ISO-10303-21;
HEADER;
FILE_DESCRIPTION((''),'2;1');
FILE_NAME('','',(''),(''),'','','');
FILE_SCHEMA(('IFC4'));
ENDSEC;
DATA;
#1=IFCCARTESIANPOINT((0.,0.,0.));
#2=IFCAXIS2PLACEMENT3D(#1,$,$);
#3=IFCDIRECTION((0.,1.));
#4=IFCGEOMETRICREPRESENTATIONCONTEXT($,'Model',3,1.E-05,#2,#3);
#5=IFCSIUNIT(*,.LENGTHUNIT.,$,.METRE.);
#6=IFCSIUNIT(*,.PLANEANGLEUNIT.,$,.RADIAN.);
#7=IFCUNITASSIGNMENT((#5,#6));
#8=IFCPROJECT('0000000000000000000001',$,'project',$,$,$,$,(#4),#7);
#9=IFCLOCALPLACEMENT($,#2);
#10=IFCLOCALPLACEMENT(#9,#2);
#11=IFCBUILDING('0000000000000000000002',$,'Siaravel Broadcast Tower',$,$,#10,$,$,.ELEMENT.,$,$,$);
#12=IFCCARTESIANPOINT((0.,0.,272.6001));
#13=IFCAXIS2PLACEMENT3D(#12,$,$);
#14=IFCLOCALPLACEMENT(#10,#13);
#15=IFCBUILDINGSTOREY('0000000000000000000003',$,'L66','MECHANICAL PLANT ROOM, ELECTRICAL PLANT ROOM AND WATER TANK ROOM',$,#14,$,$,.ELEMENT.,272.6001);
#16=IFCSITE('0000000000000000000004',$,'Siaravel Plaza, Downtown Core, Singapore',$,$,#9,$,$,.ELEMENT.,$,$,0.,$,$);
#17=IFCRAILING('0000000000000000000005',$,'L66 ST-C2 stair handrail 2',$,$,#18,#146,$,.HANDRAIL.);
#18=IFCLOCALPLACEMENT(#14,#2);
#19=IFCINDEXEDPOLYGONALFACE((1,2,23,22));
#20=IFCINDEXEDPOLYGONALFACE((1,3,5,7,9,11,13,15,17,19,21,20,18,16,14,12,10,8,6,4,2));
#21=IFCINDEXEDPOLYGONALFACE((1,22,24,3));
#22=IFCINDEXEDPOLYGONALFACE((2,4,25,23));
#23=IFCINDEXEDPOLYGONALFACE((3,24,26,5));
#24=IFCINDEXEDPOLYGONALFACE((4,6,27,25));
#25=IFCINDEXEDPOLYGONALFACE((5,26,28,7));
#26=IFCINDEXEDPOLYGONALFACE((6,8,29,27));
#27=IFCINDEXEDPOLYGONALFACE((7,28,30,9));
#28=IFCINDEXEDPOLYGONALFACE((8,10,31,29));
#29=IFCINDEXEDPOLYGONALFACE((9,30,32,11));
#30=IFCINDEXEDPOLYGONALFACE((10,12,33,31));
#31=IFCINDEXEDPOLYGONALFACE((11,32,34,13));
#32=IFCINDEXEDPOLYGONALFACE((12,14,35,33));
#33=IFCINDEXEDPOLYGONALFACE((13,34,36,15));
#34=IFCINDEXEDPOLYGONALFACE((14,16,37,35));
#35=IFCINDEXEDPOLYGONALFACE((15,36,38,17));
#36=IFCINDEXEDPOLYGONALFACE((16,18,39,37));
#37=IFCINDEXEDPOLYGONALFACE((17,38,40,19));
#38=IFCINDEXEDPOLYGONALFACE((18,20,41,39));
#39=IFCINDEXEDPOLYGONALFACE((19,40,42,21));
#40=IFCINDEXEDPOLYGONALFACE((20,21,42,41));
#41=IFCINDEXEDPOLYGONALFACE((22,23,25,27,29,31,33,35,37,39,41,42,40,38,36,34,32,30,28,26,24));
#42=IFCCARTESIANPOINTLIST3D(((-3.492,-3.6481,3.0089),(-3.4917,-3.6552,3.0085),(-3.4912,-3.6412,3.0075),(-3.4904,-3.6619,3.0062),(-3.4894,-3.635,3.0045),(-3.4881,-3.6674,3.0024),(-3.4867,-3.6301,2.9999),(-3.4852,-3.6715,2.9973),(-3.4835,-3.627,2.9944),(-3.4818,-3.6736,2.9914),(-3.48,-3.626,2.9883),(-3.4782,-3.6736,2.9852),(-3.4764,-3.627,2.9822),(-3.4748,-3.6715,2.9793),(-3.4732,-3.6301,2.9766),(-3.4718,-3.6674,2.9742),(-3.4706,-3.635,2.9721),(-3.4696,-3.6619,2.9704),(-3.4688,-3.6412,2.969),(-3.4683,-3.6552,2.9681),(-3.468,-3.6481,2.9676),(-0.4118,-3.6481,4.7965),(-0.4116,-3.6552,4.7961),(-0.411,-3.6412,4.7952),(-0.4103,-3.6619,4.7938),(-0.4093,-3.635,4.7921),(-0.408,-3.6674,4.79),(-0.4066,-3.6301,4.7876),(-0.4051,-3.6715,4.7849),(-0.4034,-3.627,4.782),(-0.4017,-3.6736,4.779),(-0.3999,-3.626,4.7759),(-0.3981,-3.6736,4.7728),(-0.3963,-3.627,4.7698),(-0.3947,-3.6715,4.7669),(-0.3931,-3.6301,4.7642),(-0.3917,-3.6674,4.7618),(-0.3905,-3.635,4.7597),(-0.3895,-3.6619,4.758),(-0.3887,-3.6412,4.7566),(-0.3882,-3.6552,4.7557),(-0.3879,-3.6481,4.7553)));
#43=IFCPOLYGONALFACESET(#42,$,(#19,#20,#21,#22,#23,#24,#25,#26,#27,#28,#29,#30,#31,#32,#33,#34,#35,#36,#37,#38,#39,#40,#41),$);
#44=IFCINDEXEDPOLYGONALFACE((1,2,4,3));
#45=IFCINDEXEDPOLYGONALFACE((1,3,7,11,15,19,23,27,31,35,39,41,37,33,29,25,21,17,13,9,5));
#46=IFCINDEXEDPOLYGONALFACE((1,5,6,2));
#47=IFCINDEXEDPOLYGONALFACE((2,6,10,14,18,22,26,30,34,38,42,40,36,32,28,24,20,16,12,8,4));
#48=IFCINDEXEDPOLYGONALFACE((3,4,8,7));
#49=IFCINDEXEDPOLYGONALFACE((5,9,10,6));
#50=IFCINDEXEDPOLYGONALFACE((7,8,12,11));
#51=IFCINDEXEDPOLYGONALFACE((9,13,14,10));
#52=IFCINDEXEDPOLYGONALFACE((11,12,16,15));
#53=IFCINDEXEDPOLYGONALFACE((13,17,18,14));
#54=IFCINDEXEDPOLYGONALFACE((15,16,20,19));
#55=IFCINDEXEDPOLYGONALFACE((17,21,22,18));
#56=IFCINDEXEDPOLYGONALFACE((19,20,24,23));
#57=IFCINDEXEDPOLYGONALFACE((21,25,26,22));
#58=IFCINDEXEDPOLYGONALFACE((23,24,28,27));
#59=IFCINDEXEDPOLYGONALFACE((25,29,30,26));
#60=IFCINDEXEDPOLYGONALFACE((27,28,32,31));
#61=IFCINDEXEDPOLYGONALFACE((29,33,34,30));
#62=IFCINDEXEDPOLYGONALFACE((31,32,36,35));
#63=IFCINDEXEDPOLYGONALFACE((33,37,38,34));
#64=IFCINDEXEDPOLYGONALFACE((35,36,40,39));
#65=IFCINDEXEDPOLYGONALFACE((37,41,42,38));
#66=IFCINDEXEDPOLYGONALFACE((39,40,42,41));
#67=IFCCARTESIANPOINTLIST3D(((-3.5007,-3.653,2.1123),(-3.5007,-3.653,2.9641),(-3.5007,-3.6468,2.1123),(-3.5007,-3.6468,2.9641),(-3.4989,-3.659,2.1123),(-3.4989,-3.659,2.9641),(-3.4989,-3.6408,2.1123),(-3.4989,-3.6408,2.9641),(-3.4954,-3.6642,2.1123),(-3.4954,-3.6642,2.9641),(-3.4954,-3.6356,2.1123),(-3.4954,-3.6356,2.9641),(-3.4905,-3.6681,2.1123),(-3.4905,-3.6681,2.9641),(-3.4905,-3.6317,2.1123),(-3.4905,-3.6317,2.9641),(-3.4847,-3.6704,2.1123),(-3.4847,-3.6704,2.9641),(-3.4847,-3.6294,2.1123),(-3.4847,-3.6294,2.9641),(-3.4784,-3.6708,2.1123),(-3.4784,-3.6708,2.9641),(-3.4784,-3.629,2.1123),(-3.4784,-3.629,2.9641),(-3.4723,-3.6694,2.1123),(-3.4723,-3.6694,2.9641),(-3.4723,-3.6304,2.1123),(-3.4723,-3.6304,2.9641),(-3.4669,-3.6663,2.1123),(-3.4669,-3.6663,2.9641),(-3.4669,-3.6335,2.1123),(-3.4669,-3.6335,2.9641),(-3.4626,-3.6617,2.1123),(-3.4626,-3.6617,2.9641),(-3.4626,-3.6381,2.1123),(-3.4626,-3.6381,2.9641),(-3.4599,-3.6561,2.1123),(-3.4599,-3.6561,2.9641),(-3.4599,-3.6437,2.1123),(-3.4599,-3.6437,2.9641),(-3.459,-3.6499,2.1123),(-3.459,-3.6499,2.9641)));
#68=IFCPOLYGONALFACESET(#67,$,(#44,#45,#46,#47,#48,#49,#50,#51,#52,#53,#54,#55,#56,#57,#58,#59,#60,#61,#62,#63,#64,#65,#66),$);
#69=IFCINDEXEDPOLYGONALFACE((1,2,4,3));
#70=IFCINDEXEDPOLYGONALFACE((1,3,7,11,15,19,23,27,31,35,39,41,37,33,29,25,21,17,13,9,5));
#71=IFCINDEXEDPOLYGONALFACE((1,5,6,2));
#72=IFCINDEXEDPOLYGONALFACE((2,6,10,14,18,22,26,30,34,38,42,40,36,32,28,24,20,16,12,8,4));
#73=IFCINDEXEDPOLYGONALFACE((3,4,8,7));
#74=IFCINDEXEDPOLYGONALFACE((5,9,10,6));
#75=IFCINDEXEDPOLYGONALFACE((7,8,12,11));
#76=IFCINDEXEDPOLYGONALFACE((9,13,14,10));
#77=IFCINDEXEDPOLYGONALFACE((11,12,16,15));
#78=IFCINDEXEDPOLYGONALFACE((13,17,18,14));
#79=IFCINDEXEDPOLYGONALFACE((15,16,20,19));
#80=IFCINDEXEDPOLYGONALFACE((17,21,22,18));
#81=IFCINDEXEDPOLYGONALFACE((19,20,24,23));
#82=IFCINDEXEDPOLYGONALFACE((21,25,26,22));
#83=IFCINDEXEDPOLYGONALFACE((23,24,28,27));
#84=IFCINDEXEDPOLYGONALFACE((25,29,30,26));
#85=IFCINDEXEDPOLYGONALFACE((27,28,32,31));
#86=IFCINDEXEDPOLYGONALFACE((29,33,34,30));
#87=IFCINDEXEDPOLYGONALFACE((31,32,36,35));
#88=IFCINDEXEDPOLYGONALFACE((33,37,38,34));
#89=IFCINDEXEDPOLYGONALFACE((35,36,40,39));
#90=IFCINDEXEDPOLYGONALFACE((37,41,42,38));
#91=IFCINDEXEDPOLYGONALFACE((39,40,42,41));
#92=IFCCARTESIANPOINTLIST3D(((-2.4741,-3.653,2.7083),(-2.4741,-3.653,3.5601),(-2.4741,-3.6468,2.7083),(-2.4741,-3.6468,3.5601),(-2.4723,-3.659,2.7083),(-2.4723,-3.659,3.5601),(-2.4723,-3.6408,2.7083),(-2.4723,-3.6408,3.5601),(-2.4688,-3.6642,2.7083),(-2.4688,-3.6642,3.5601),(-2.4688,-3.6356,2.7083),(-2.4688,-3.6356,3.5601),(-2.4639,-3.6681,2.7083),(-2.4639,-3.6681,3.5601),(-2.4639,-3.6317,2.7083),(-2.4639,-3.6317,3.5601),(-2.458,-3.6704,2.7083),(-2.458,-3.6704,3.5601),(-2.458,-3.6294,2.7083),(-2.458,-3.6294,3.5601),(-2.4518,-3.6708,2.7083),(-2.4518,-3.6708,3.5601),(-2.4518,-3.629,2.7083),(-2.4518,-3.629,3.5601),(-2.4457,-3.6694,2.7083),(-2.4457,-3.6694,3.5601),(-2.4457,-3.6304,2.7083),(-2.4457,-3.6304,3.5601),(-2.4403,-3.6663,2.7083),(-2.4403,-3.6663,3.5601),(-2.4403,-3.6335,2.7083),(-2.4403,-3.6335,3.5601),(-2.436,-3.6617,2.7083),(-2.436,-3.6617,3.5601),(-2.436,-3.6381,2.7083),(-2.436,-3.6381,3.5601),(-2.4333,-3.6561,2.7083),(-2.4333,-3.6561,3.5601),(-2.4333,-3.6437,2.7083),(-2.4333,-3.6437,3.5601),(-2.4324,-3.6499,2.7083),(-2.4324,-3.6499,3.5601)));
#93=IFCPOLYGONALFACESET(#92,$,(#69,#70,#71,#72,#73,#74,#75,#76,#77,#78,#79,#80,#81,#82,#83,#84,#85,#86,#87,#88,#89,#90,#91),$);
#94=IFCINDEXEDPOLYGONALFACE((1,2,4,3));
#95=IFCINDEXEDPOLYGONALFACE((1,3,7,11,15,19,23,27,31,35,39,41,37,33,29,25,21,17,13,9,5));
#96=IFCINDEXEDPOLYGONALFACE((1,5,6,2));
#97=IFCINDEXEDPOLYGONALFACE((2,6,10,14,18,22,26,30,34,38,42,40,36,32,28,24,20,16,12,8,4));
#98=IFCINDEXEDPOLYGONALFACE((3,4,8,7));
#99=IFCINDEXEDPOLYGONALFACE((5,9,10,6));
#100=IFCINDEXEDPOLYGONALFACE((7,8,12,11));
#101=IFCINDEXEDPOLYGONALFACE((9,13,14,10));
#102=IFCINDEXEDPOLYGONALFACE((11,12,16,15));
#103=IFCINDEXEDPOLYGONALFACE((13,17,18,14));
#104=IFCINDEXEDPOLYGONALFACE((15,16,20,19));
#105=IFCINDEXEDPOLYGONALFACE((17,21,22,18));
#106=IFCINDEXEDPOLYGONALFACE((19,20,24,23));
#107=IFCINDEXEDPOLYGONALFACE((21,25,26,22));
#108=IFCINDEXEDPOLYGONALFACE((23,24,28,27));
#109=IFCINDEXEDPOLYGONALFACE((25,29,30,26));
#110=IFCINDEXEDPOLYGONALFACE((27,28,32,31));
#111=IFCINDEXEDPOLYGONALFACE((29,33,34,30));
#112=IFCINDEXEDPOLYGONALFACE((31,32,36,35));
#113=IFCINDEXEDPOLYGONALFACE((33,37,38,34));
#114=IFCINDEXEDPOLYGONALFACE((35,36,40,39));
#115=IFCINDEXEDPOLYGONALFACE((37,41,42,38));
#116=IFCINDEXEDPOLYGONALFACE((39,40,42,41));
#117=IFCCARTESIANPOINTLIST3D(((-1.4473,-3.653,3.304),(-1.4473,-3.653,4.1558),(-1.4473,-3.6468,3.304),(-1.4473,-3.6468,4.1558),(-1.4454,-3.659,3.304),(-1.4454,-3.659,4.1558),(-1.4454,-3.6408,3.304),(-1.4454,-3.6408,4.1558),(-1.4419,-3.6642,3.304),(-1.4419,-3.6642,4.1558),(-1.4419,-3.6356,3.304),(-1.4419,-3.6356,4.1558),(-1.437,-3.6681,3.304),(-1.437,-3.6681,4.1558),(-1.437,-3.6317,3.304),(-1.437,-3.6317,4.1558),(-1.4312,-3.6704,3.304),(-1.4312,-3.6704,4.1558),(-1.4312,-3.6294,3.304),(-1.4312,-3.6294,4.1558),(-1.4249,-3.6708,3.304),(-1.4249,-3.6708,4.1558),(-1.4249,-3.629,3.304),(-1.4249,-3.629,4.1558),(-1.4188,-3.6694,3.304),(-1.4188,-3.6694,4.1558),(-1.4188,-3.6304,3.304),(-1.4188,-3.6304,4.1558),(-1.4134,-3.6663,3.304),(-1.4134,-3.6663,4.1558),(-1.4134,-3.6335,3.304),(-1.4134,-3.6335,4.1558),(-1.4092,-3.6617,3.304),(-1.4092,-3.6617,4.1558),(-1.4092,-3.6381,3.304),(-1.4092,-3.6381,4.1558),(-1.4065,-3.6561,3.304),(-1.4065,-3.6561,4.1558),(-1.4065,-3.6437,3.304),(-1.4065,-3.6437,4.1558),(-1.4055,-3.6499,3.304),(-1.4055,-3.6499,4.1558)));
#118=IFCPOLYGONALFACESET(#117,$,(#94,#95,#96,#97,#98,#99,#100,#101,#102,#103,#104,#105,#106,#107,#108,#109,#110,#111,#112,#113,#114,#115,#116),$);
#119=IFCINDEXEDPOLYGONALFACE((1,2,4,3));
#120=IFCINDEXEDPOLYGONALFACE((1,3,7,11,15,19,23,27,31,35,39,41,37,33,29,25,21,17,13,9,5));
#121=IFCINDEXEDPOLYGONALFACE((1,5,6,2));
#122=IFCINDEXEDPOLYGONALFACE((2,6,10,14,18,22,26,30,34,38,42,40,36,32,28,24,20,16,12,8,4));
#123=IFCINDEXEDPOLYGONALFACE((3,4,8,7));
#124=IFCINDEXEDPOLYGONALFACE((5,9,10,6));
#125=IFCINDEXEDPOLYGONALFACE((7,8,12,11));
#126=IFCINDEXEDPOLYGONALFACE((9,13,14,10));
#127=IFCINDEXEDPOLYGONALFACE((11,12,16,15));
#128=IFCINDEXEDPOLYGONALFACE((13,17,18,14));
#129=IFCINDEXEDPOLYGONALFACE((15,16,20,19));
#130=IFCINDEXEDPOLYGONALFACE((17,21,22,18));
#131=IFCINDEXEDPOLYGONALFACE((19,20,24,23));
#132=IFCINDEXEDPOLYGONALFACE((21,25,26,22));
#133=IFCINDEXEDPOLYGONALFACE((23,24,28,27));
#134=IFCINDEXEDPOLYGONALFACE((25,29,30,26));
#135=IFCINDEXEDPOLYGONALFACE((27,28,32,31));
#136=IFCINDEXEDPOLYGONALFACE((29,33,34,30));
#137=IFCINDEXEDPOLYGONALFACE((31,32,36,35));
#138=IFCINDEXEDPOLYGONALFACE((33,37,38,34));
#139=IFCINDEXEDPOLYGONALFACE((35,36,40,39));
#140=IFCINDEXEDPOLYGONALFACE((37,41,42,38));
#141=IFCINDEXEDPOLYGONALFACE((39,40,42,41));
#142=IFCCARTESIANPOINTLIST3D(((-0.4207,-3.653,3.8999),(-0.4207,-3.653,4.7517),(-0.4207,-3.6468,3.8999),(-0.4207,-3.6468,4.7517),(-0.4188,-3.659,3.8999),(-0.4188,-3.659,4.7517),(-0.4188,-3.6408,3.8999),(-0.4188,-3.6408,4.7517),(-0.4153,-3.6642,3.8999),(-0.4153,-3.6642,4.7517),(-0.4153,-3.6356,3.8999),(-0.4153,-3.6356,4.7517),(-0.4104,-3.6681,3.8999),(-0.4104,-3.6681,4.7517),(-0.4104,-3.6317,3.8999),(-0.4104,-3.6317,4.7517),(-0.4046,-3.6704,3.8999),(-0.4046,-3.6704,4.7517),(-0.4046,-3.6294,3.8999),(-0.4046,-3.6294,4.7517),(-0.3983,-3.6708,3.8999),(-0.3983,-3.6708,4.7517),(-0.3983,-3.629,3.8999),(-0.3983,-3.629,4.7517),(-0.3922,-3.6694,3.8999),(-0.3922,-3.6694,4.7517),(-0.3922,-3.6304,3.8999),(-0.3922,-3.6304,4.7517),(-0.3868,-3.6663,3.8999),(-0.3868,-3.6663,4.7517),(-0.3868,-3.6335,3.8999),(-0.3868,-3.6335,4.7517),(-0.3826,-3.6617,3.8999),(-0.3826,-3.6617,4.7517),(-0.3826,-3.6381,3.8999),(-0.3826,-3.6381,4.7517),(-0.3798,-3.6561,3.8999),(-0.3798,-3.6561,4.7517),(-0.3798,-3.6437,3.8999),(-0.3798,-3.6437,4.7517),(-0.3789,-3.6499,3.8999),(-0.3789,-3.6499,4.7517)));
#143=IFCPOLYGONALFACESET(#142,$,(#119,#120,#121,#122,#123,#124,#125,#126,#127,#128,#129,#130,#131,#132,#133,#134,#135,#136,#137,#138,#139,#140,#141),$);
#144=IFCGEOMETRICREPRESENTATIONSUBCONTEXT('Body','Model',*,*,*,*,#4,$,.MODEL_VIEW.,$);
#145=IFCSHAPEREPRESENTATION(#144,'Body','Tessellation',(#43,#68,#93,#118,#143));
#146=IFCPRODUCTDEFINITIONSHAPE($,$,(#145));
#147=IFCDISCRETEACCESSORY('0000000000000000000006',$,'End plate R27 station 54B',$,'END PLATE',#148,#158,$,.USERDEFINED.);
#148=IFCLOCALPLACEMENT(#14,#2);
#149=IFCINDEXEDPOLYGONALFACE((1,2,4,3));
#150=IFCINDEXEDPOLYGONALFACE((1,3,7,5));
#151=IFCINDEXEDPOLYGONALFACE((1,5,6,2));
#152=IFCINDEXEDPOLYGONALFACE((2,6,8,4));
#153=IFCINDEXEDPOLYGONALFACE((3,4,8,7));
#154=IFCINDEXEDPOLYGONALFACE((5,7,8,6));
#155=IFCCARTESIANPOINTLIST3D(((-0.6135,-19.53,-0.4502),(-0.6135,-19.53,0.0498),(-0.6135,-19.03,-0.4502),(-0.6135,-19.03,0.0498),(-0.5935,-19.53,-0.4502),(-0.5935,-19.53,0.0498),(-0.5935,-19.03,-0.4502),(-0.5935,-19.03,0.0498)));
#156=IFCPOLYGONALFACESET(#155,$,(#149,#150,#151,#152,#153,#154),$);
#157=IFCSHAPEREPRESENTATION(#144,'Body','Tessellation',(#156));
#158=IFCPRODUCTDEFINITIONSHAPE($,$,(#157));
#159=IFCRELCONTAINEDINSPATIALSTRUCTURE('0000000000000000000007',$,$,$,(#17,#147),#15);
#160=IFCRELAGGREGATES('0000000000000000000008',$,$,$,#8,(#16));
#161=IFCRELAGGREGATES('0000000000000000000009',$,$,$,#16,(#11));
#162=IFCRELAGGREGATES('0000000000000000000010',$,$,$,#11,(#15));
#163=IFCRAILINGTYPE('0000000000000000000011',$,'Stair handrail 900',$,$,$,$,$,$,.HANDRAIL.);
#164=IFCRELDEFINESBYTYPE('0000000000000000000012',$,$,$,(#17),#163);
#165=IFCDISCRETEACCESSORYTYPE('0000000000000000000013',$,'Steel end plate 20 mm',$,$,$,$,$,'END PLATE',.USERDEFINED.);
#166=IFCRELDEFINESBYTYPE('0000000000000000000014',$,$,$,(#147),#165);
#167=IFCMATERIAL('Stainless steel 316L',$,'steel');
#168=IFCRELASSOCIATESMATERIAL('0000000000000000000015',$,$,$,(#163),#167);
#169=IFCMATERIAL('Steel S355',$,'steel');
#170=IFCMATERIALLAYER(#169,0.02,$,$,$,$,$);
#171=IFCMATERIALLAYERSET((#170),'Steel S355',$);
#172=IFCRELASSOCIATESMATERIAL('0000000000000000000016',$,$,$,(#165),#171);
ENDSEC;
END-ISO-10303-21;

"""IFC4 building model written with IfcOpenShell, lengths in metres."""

from ifc_helpers import new_model, si_unit, direction, frame, origin, origin_2d, place, context, subcontext, project, spatial, rectangle, circle, extrude, material, layer, layer_set, type_object, element, save


model = new_model("IFC4")

# Units and contexts
model_context = context("Model", 3, precision=1e-05, world=origin(), true_north=direction((0.0, 1.0)))
body_context = subcontext(model_context, "Body", "Model", "MODEL_VIEW")
ifc_project = project(units=[si_unit("LENGTHUNIT", "METRE"), si_unit("PLANEANGLEUNIT", "RADIAN")], contexts=[model_context])

# Site, building, storey
site_placement = place(None, origin())
site = spatial("IfcSite", under=ifc_project, at=site_placement, Name="Siaravel Plaza, Downtown Core, Singapore", CompositionType="ELEMENT", RefElevation=0.0)
building_placement = place(site_placement, origin())
building = spatial("IfcBuilding", under=site, at=building_placement, Name="Siaravel Broadcast Tower", CompositionType="ELEMENT")
storey_placement = place(building_placement, frame((0.0, 0.0, 272.6001)))
storey = spatial("IfcBuildingStorey", under=building, at=storey_placement, Name="L66", Description="MECHANICAL PLANT ROOM, ELECTRICAL PLANT ROOM AND WATER TANK ROOM", CompositionType="ELEMENT", Elevation=272.6001)

# Shared definitions
ifc_material_1 = material(Name="Stainless steel 316L", Category="steel")

# Railing
railing_type_1 = type_object("IfcRailingType", Name="Stair handrail 900", PredefinedType="HANDRAIL", material=ifc_material_1)
railing_1_placement = place(storey_placement, frame((-3.48, -3.6499, 2.1123)))
element("IfcRailing", 1, at=railing_1_placement, inside=storey, type_object=railing_type_1, Name="L66 ST-C2 stair handrail 2", PredefinedType="HANDRAIL", context=body_context, shape_type="SweptSolid", body=[
    extrude(circle(Radius=0.0239, at=origin_2d()), frame((0.0, 0.0, 0.876), z_axis=(0.864891, 0.0, 0.50196), x_axis=(0.0, 1.0, 0.0)), (0.0, 0.0, 1.0), 3.5613),
    extrude(circle(Radius=0.021, at=origin_2d()), origin(), (0.0, 0.0, 1.0), 0.8518),
    extrude(circle(Radius=0.021, at=origin_2d()), frame((1.0266, 0.0, 0.5959)), (0.0, 0.0, 1.0), 0.8518),
    extrude(circle(Radius=0.021, at=origin_2d()), frame((2.0535, 0.0, 1.1917)), (0.0, 0.0, 1.0), 0.8518),
    extrude(circle(Radius=0.021, at=origin_2d()), frame((3.0801, 0.0, 1.7876)), (0.0, 0.0, 1.0), 0.8518),
])

# Discrete accessory
ifc_material_2 = material(Name="Steel S355", Category="steel")
ifc_layer_1 = layer(ifc_material_2, 0.02)
ifc_layer_set_1 = layer_set([ifc_layer_1], Name="Steel S355")
discrete_accessory_type = type_object("IfcDiscreteAccessoryType", Name="Steel end plate 20 mm", ElementType="END PLATE", PredefinedType="USERDEFINED", material=ifc_layer_set_1)
discrete_accessory_placement = place(storey_placement, frame((-0.6035, -19.28, -0.4502), z_axis=(0.0, 0.0, 1.0), x_axis=(1.0, 0.0, 0.0)))
element("IfcDiscreteAccessory", 2, at=discrete_accessory_placement, inside=storey, type_object=discrete_accessory_type, Name="End plate R27 station 54B", ObjectType="END PLATE", PredefinedType="USERDEFINED", context=body_context, shape_type="SweptSolid", body=[
    extrude(rectangle(XDim=0.02, YDim=0.5, at=origin_2d()), origin(), (0.0, 0.0, 1.0), 0.5),
])

save(model, "model.ifc")
